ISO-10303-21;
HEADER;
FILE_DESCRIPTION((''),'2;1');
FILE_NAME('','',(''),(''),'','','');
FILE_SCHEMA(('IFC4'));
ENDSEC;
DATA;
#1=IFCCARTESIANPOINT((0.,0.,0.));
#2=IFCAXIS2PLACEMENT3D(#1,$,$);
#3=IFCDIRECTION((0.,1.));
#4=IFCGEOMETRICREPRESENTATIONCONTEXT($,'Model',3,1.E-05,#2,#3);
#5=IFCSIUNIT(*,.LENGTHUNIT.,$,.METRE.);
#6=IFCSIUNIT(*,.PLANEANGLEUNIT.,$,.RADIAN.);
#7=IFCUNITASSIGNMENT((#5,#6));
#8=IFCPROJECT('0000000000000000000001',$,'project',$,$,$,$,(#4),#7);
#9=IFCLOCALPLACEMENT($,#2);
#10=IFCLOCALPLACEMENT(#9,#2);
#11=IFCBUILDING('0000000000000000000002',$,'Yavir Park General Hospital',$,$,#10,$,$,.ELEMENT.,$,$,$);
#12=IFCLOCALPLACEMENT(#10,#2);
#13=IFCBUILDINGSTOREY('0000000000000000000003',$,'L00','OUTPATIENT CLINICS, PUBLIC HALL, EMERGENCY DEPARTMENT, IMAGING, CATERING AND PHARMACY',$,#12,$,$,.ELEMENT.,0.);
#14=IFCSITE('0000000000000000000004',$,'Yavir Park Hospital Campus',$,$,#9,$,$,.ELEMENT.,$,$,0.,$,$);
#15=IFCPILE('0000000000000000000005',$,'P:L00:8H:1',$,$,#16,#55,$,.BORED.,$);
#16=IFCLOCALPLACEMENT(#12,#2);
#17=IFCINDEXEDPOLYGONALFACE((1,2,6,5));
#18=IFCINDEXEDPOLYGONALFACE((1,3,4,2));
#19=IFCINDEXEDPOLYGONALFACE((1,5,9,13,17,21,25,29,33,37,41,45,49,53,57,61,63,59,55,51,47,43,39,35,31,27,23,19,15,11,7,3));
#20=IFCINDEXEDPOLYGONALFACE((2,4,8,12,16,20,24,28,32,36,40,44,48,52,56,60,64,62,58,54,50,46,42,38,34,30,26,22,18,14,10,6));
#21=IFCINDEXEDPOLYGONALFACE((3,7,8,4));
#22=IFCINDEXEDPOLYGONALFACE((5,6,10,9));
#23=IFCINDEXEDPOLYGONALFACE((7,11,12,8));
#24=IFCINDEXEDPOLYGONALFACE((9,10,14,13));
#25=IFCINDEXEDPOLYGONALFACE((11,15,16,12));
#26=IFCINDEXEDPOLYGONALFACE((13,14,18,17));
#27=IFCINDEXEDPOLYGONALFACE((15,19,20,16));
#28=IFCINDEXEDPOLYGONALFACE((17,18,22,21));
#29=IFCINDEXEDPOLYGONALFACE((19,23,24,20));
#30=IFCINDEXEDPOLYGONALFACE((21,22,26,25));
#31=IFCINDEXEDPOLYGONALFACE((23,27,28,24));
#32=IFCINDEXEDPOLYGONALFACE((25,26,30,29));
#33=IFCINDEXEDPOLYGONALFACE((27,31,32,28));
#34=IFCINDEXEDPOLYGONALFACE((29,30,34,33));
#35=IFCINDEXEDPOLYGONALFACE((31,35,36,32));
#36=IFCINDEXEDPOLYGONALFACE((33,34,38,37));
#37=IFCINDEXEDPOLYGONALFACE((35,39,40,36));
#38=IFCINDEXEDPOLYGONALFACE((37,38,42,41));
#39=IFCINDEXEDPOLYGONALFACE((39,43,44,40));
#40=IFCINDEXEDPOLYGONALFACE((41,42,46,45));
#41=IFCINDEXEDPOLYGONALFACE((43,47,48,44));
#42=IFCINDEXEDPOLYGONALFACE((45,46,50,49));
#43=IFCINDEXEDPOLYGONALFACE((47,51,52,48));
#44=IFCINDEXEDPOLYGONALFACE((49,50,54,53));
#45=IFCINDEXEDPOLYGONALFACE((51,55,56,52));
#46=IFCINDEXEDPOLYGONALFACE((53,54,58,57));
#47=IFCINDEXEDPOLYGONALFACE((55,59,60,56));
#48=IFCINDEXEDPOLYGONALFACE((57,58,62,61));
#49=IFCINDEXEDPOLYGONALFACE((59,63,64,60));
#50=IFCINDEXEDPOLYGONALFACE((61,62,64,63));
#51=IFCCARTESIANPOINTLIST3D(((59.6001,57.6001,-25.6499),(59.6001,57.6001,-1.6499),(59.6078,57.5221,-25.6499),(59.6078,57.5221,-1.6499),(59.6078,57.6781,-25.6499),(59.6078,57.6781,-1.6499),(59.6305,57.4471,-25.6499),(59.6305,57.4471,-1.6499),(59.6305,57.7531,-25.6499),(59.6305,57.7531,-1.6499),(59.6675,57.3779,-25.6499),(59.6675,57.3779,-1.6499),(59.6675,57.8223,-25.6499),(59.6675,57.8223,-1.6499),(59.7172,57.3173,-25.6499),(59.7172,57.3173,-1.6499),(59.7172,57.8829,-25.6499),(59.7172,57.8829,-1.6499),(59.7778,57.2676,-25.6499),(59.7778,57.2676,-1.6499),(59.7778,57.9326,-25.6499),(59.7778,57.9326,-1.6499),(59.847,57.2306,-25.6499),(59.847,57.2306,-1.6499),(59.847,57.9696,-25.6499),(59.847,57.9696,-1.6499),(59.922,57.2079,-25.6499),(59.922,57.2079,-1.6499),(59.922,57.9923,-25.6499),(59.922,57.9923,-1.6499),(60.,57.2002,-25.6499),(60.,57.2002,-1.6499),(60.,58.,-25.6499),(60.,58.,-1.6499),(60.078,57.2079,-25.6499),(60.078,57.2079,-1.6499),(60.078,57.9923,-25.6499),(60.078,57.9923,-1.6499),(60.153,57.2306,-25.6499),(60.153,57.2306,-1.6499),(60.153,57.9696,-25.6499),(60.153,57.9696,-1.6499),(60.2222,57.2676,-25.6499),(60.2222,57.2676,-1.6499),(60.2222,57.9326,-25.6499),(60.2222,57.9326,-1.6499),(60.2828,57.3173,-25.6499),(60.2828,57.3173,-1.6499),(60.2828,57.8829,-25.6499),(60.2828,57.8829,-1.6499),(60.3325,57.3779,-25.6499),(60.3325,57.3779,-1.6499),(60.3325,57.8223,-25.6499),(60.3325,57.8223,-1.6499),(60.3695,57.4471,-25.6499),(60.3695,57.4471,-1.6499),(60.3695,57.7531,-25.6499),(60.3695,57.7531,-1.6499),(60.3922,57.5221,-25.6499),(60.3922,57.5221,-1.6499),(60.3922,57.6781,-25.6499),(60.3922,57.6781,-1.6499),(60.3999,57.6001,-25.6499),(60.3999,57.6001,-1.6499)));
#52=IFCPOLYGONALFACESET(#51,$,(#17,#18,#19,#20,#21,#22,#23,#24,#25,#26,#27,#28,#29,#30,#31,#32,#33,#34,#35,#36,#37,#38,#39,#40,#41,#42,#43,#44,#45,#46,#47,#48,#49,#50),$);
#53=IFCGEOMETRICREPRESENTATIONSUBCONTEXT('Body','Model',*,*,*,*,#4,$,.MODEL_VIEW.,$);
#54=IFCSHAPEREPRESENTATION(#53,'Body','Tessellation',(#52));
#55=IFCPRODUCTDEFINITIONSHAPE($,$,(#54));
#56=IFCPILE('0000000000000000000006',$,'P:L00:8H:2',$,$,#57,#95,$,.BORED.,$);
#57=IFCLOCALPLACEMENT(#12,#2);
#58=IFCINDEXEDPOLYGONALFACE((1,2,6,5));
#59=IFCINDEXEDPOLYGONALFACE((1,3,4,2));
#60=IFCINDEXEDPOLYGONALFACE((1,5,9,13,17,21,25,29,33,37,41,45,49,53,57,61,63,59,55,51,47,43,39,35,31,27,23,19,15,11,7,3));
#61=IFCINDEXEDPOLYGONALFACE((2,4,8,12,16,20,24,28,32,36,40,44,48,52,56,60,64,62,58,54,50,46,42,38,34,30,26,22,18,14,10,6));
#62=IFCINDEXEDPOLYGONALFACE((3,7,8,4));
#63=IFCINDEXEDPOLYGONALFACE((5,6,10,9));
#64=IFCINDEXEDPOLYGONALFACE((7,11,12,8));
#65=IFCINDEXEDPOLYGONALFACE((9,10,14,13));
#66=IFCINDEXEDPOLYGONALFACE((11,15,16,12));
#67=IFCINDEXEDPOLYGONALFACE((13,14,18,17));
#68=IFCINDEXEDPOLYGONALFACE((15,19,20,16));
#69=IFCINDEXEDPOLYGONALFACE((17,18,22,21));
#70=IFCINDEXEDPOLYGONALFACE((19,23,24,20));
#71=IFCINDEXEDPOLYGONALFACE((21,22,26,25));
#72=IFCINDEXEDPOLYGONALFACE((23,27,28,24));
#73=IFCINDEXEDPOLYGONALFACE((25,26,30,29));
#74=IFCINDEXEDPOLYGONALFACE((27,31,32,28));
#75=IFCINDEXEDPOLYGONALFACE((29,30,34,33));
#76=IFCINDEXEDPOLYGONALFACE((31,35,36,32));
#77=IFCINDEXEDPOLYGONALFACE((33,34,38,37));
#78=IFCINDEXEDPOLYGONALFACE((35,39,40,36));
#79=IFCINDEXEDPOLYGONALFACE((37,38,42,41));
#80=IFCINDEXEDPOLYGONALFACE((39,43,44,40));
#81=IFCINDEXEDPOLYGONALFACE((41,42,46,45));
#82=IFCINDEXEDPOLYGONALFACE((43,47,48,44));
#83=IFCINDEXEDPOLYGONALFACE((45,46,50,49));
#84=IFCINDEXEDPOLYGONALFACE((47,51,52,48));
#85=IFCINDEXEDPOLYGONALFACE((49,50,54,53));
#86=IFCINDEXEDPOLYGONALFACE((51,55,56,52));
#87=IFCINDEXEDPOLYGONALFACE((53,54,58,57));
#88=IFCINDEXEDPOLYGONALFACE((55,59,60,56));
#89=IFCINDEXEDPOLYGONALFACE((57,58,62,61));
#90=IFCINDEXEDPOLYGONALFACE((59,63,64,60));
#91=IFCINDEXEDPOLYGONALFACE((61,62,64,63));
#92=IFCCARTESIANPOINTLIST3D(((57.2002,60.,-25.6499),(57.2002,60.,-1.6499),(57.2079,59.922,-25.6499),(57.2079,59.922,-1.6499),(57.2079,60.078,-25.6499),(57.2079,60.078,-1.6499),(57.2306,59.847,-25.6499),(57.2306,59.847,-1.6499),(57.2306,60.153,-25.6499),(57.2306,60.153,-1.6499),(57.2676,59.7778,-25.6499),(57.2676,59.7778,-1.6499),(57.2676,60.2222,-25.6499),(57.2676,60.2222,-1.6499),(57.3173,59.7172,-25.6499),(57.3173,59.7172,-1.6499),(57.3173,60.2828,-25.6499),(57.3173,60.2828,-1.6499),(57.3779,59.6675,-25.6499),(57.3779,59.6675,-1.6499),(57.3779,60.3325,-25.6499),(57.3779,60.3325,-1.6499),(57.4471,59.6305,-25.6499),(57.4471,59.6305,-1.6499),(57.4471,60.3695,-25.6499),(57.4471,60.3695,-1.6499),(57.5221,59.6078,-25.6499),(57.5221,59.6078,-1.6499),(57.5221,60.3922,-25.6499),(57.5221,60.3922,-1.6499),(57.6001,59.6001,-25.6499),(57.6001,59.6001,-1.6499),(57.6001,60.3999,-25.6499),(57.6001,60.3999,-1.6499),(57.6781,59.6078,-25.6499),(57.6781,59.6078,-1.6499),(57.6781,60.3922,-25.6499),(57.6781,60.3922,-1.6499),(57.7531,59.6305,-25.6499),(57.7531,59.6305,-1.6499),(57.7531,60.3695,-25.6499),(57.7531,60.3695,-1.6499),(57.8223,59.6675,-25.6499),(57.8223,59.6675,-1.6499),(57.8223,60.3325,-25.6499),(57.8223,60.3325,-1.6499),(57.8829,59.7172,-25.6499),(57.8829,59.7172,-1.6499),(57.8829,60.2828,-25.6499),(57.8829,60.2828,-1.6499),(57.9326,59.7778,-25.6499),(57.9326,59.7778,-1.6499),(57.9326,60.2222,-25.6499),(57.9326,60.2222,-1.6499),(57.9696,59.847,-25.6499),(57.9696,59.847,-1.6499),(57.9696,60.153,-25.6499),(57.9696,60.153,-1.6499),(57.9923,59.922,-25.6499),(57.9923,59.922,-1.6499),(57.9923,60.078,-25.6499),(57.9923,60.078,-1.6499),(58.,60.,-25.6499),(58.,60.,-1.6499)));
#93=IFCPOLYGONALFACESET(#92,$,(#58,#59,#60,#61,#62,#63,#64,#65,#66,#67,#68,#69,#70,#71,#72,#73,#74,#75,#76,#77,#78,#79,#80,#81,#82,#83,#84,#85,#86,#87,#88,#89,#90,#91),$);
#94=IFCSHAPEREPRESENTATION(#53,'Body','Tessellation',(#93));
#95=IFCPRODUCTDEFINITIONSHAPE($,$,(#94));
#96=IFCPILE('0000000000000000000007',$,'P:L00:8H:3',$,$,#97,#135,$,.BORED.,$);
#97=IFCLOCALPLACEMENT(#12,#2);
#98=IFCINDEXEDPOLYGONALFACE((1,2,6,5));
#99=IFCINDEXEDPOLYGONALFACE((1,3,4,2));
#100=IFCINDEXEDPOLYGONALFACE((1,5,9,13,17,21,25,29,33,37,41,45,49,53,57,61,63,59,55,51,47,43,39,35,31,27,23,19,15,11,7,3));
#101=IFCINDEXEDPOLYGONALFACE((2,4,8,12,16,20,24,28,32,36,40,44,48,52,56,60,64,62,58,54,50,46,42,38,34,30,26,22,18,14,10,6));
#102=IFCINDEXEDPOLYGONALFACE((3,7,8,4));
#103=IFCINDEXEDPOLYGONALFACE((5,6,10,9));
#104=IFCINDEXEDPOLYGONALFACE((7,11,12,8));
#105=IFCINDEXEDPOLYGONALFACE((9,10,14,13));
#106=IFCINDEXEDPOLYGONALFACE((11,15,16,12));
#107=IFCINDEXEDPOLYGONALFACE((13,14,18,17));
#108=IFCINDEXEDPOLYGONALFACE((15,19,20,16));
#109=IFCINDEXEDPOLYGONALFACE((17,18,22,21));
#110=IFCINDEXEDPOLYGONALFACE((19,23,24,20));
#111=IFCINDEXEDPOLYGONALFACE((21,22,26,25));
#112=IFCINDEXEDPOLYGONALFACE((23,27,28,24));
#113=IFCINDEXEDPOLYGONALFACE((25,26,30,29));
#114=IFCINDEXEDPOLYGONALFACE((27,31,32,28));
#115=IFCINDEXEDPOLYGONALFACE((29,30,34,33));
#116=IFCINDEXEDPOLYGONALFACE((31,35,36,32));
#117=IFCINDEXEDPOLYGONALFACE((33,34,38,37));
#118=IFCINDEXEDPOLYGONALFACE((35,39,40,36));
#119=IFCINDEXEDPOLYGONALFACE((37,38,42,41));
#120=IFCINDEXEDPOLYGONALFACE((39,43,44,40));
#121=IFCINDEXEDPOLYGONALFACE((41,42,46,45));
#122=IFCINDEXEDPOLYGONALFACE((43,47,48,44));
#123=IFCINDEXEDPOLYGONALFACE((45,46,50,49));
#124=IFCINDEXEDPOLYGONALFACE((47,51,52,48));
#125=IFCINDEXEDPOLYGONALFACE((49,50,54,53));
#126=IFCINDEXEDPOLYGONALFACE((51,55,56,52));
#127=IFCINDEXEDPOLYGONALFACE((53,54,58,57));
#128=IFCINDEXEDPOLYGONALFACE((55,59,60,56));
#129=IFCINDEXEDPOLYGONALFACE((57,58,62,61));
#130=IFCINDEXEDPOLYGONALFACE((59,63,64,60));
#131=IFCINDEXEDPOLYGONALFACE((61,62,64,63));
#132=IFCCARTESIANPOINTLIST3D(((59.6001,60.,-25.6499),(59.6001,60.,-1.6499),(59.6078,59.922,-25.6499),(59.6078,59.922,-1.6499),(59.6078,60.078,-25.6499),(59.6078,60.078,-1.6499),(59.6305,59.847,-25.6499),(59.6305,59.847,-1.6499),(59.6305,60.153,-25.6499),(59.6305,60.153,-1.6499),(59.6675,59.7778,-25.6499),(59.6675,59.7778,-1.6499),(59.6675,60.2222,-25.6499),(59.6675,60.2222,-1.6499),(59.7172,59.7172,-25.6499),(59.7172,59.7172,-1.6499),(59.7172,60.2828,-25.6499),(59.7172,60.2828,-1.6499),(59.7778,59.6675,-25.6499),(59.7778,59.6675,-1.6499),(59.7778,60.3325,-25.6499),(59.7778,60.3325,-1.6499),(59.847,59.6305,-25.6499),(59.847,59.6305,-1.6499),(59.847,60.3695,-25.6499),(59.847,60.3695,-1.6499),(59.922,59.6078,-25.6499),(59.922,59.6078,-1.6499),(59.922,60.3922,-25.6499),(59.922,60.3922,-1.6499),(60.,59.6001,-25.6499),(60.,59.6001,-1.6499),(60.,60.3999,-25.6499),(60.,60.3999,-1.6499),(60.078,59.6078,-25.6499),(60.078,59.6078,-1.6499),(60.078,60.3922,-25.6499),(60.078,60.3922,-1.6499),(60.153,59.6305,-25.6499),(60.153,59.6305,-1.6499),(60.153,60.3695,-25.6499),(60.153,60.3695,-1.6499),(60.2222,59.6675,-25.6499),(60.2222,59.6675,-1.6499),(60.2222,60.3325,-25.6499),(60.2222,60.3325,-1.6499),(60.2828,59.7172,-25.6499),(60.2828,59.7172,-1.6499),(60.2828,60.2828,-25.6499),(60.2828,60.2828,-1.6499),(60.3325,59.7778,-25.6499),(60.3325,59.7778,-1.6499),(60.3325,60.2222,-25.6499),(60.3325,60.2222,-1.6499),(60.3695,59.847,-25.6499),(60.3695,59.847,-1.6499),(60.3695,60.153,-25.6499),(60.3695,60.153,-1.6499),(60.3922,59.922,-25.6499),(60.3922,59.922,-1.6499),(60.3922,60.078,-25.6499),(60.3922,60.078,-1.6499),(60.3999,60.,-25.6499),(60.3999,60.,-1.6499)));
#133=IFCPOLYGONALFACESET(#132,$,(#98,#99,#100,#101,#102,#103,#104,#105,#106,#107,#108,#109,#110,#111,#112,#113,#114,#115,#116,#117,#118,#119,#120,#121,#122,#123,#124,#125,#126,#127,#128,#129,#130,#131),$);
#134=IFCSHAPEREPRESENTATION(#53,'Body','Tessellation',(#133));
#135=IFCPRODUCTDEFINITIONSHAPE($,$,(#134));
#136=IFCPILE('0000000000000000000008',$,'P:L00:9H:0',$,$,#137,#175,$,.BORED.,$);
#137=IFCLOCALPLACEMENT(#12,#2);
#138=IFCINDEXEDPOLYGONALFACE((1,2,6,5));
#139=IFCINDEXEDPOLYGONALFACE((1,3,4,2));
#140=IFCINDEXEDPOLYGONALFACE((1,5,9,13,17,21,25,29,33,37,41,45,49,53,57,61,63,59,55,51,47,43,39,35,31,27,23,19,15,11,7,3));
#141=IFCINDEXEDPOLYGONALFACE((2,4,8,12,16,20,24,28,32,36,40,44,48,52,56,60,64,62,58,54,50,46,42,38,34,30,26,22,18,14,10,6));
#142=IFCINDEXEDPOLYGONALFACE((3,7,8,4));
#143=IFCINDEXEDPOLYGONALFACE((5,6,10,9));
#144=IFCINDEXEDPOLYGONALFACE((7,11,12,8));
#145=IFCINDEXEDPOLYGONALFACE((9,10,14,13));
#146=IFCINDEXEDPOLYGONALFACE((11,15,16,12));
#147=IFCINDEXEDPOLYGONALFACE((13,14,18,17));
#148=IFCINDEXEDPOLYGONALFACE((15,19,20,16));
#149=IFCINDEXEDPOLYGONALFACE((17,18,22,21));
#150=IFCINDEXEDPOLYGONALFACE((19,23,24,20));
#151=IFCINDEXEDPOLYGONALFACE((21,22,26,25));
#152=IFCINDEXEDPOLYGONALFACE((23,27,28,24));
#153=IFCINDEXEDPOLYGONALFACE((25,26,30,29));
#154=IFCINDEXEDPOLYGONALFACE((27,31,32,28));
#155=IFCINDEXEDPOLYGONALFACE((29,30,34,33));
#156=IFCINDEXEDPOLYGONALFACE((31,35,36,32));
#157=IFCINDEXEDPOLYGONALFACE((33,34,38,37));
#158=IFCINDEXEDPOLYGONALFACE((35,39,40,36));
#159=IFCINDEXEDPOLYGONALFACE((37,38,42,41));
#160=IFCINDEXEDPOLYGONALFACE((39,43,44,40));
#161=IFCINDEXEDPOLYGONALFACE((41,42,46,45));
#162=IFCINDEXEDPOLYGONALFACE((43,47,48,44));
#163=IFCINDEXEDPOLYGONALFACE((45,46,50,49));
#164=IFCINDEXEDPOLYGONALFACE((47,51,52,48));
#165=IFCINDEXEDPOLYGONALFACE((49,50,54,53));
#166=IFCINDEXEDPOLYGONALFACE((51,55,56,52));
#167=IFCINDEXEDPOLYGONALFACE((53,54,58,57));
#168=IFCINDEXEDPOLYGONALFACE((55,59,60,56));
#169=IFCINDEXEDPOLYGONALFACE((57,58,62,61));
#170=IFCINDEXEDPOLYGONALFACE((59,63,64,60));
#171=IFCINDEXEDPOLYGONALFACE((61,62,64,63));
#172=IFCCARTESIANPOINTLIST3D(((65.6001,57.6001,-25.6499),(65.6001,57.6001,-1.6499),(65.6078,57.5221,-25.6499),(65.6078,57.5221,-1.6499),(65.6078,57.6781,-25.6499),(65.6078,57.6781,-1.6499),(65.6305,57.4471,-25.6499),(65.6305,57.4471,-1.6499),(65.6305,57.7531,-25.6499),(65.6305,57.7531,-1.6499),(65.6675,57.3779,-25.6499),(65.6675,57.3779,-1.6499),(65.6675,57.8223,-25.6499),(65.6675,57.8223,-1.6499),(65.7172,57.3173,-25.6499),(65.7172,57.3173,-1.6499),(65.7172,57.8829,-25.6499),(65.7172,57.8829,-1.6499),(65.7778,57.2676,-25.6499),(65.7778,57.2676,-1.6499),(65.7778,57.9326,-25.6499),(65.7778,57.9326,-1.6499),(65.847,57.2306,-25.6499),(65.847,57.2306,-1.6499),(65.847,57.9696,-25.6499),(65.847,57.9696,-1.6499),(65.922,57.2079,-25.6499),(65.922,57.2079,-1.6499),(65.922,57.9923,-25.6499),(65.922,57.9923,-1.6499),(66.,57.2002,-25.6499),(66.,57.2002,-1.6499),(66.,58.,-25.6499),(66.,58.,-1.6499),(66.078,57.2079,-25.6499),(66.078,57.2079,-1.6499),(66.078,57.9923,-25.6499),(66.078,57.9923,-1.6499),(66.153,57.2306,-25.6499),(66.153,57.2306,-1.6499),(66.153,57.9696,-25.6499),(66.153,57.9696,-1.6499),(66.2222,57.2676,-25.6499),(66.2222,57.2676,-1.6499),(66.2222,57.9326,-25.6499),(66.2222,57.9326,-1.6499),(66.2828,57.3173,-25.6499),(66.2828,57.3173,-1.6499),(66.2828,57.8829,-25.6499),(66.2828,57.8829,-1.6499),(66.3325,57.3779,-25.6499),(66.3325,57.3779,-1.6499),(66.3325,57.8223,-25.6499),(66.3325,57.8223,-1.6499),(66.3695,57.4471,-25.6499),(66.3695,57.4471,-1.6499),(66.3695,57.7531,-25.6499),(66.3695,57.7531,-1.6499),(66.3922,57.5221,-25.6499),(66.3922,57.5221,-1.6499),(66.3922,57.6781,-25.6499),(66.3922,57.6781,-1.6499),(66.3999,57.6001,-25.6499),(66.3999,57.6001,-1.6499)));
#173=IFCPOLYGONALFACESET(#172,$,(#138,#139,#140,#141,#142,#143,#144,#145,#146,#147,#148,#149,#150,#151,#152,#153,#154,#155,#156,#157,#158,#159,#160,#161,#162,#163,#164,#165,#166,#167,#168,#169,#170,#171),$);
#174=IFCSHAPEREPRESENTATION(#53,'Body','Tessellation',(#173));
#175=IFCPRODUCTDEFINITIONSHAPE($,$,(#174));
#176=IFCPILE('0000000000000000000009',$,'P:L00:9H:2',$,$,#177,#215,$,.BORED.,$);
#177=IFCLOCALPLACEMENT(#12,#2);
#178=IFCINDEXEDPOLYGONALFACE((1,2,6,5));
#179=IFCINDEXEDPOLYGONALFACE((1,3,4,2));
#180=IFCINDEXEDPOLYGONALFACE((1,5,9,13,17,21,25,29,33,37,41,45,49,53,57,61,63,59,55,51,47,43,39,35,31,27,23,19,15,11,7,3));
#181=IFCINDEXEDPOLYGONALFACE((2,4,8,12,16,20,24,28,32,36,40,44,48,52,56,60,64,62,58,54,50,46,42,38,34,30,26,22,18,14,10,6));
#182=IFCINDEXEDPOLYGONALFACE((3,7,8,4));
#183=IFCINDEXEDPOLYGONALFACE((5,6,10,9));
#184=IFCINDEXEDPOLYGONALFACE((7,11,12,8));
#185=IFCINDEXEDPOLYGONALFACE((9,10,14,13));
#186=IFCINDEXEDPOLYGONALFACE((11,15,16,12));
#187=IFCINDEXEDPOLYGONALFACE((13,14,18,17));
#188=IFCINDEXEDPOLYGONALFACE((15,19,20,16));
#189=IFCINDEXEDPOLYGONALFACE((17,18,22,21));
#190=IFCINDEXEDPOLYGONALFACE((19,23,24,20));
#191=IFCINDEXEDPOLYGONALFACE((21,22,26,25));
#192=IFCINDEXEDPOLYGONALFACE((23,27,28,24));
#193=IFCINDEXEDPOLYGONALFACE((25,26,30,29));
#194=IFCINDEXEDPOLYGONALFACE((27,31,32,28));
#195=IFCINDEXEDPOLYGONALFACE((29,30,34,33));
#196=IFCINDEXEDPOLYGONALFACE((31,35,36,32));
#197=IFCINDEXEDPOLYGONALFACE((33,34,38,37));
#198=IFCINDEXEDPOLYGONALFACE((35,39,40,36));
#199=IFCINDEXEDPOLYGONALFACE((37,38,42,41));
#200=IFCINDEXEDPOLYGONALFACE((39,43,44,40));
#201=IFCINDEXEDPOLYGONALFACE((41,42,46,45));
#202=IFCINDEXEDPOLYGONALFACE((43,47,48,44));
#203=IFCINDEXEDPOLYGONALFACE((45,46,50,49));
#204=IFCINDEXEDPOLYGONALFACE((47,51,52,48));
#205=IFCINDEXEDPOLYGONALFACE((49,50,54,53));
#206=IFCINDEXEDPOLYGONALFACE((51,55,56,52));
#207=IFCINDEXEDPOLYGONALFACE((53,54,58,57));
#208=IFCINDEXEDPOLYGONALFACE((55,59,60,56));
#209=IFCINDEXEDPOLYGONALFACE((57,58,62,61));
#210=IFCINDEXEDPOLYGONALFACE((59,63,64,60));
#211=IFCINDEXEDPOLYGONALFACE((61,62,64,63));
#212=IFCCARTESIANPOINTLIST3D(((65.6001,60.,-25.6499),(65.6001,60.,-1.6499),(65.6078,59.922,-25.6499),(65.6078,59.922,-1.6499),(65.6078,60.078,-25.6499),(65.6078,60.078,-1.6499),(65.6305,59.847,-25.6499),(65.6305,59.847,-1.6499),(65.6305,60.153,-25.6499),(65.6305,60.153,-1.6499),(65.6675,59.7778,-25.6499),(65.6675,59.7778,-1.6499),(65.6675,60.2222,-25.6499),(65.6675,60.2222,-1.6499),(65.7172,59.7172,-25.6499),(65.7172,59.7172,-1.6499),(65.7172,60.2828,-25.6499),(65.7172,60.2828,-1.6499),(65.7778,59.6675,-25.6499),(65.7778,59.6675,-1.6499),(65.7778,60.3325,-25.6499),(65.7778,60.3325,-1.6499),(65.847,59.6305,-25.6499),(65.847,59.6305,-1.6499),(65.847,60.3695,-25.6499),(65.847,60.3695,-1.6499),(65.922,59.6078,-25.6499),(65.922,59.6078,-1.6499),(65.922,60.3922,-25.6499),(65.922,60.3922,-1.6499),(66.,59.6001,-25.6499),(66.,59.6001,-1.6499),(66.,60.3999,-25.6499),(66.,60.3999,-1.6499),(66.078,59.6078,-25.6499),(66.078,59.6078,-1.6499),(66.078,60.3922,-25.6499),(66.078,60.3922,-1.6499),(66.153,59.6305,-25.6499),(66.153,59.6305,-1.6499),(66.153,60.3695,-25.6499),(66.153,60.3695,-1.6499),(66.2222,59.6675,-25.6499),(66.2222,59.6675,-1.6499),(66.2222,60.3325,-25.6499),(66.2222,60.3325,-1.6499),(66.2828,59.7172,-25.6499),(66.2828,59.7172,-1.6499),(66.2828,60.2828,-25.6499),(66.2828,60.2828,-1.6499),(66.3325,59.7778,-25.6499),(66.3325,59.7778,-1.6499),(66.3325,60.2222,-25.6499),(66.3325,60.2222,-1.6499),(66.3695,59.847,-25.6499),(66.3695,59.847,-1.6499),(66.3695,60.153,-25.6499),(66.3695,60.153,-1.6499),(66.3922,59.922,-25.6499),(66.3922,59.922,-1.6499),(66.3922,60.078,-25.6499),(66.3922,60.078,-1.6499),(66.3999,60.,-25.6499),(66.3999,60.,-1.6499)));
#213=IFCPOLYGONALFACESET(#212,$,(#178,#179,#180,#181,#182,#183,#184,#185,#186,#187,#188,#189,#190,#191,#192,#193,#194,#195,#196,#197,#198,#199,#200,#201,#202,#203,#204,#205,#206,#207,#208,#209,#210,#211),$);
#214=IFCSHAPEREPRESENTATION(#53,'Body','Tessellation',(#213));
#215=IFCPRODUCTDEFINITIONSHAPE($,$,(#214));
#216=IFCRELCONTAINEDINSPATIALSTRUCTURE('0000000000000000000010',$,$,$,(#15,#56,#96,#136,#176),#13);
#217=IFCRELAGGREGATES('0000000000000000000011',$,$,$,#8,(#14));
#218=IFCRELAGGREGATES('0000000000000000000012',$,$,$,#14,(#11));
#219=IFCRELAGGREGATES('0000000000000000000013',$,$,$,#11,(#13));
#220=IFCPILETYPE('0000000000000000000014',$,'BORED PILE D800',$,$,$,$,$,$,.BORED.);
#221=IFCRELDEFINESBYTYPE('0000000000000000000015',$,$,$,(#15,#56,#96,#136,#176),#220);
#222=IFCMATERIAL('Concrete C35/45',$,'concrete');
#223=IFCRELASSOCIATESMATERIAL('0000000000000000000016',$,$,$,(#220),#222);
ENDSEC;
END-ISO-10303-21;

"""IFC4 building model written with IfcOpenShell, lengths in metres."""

from ifc_helpers import new_model, si_unit, direction, frame, origin, origin_2d, place, context, subcontext, project, spatial, circle, extrude, material, material_profile, profile_set, type_object, element, save


model = new_model("IFC4")

# Units and contexts
model_context = context("Model", 3, precision=1e-05, world=origin(), true_north=direction((0.0, 1.0)))
body_context = subcontext(model_context, "Body", "Model", "MODEL_VIEW")
ifc_project = project(units=[si_unit("LENGTHUNIT", "METRE"), si_unit("PLANEANGLEUNIT", "RADIAN")], contexts=[model_context])

# Site, building, storey
site_placement = place(None, origin())
site = spatial("IfcSite", under=ifc_project, at=site_placement, Name="Yavir Park Hospital Campus", CompositionType="ELEMENT", RefElevation=0.0)
building_placement = place(site_placement, origin())
building = spatial("IfcBuilding", under=site, at=building_placement, Name="Yavir Park General Hospital", CompositionType="ELEMENT")
storey_placement = place(building_placement, origin())
storey = spatial("IfcBuildingStorey", under=building, at=storey_placement, Name="L00", Description="OUTPATIENT CLINICS, PUBLIC HALL, EMERGENCY DEPARTMENT, IMAGING, CATERING AND PHARMACY", CompositionType="ELEMENT", Elevation=0.0)

# Piles
ifc_material_1 = material(Name="Concrete C35/45", Category="concrete")
ifc_material_profile_1 = material_profile(ifc_material_1, circle(Radius=0.3999, at=origin_2d()), Name="D800")
ifc_profile_set_1 = profile_set([ifc_material_profile_1], Name="Concrete C35/45")
pile_type_1 = type_object("IfcPileType", Name="BORED PILE D800", PredefinedType="BORED", material=ifc_profile_set_1)
for number, where, z_axis, x_axis, name in (
    (1, (60.0, 57.6001, -1.6499), (0.0, 0.0, -1.0), (1.0, 0.0, 0.0), "P:L00:8H:1"),
    (2, (57.6001, 60.0, -1.6499), (0.0, 0.0, -1.0), (1.0, 0.0, 0.0), "P:L00:8H:2"),
    (3, (60.0, 60.0, -1.6499), (0.0, 0.0, -1.0), (1.0, 0.0, 0.0), "P:L00:8H:3"),
    (4, (66.0, 57.6001, -1.6499), (0.0, 0.0, -1.0), (1.0, 0.0, 0.0), "P:L00:9H:0"),
    (5, (66.0, 60.0, -1.6499), (0.0, 0.0, -1.0), (1.0, 0.0, 0.0), "P:L00:9H:2"),
):
    element("IfcPile", number, at=place(storey_placement, frame(where, z_axis=z_axis, x_axis=x_axis)), inside=storey, type_object=pile_type_1, Name=name, PredefinedType="BORED", context=body_context, shape_type="SweptSolid", body=[
        extrude(circle(Radius=0.3999, at=origin_2d()), origin(), (0.0, 0.0, 1.0), 24.0),
    ])

save(model, "model.ifc")
